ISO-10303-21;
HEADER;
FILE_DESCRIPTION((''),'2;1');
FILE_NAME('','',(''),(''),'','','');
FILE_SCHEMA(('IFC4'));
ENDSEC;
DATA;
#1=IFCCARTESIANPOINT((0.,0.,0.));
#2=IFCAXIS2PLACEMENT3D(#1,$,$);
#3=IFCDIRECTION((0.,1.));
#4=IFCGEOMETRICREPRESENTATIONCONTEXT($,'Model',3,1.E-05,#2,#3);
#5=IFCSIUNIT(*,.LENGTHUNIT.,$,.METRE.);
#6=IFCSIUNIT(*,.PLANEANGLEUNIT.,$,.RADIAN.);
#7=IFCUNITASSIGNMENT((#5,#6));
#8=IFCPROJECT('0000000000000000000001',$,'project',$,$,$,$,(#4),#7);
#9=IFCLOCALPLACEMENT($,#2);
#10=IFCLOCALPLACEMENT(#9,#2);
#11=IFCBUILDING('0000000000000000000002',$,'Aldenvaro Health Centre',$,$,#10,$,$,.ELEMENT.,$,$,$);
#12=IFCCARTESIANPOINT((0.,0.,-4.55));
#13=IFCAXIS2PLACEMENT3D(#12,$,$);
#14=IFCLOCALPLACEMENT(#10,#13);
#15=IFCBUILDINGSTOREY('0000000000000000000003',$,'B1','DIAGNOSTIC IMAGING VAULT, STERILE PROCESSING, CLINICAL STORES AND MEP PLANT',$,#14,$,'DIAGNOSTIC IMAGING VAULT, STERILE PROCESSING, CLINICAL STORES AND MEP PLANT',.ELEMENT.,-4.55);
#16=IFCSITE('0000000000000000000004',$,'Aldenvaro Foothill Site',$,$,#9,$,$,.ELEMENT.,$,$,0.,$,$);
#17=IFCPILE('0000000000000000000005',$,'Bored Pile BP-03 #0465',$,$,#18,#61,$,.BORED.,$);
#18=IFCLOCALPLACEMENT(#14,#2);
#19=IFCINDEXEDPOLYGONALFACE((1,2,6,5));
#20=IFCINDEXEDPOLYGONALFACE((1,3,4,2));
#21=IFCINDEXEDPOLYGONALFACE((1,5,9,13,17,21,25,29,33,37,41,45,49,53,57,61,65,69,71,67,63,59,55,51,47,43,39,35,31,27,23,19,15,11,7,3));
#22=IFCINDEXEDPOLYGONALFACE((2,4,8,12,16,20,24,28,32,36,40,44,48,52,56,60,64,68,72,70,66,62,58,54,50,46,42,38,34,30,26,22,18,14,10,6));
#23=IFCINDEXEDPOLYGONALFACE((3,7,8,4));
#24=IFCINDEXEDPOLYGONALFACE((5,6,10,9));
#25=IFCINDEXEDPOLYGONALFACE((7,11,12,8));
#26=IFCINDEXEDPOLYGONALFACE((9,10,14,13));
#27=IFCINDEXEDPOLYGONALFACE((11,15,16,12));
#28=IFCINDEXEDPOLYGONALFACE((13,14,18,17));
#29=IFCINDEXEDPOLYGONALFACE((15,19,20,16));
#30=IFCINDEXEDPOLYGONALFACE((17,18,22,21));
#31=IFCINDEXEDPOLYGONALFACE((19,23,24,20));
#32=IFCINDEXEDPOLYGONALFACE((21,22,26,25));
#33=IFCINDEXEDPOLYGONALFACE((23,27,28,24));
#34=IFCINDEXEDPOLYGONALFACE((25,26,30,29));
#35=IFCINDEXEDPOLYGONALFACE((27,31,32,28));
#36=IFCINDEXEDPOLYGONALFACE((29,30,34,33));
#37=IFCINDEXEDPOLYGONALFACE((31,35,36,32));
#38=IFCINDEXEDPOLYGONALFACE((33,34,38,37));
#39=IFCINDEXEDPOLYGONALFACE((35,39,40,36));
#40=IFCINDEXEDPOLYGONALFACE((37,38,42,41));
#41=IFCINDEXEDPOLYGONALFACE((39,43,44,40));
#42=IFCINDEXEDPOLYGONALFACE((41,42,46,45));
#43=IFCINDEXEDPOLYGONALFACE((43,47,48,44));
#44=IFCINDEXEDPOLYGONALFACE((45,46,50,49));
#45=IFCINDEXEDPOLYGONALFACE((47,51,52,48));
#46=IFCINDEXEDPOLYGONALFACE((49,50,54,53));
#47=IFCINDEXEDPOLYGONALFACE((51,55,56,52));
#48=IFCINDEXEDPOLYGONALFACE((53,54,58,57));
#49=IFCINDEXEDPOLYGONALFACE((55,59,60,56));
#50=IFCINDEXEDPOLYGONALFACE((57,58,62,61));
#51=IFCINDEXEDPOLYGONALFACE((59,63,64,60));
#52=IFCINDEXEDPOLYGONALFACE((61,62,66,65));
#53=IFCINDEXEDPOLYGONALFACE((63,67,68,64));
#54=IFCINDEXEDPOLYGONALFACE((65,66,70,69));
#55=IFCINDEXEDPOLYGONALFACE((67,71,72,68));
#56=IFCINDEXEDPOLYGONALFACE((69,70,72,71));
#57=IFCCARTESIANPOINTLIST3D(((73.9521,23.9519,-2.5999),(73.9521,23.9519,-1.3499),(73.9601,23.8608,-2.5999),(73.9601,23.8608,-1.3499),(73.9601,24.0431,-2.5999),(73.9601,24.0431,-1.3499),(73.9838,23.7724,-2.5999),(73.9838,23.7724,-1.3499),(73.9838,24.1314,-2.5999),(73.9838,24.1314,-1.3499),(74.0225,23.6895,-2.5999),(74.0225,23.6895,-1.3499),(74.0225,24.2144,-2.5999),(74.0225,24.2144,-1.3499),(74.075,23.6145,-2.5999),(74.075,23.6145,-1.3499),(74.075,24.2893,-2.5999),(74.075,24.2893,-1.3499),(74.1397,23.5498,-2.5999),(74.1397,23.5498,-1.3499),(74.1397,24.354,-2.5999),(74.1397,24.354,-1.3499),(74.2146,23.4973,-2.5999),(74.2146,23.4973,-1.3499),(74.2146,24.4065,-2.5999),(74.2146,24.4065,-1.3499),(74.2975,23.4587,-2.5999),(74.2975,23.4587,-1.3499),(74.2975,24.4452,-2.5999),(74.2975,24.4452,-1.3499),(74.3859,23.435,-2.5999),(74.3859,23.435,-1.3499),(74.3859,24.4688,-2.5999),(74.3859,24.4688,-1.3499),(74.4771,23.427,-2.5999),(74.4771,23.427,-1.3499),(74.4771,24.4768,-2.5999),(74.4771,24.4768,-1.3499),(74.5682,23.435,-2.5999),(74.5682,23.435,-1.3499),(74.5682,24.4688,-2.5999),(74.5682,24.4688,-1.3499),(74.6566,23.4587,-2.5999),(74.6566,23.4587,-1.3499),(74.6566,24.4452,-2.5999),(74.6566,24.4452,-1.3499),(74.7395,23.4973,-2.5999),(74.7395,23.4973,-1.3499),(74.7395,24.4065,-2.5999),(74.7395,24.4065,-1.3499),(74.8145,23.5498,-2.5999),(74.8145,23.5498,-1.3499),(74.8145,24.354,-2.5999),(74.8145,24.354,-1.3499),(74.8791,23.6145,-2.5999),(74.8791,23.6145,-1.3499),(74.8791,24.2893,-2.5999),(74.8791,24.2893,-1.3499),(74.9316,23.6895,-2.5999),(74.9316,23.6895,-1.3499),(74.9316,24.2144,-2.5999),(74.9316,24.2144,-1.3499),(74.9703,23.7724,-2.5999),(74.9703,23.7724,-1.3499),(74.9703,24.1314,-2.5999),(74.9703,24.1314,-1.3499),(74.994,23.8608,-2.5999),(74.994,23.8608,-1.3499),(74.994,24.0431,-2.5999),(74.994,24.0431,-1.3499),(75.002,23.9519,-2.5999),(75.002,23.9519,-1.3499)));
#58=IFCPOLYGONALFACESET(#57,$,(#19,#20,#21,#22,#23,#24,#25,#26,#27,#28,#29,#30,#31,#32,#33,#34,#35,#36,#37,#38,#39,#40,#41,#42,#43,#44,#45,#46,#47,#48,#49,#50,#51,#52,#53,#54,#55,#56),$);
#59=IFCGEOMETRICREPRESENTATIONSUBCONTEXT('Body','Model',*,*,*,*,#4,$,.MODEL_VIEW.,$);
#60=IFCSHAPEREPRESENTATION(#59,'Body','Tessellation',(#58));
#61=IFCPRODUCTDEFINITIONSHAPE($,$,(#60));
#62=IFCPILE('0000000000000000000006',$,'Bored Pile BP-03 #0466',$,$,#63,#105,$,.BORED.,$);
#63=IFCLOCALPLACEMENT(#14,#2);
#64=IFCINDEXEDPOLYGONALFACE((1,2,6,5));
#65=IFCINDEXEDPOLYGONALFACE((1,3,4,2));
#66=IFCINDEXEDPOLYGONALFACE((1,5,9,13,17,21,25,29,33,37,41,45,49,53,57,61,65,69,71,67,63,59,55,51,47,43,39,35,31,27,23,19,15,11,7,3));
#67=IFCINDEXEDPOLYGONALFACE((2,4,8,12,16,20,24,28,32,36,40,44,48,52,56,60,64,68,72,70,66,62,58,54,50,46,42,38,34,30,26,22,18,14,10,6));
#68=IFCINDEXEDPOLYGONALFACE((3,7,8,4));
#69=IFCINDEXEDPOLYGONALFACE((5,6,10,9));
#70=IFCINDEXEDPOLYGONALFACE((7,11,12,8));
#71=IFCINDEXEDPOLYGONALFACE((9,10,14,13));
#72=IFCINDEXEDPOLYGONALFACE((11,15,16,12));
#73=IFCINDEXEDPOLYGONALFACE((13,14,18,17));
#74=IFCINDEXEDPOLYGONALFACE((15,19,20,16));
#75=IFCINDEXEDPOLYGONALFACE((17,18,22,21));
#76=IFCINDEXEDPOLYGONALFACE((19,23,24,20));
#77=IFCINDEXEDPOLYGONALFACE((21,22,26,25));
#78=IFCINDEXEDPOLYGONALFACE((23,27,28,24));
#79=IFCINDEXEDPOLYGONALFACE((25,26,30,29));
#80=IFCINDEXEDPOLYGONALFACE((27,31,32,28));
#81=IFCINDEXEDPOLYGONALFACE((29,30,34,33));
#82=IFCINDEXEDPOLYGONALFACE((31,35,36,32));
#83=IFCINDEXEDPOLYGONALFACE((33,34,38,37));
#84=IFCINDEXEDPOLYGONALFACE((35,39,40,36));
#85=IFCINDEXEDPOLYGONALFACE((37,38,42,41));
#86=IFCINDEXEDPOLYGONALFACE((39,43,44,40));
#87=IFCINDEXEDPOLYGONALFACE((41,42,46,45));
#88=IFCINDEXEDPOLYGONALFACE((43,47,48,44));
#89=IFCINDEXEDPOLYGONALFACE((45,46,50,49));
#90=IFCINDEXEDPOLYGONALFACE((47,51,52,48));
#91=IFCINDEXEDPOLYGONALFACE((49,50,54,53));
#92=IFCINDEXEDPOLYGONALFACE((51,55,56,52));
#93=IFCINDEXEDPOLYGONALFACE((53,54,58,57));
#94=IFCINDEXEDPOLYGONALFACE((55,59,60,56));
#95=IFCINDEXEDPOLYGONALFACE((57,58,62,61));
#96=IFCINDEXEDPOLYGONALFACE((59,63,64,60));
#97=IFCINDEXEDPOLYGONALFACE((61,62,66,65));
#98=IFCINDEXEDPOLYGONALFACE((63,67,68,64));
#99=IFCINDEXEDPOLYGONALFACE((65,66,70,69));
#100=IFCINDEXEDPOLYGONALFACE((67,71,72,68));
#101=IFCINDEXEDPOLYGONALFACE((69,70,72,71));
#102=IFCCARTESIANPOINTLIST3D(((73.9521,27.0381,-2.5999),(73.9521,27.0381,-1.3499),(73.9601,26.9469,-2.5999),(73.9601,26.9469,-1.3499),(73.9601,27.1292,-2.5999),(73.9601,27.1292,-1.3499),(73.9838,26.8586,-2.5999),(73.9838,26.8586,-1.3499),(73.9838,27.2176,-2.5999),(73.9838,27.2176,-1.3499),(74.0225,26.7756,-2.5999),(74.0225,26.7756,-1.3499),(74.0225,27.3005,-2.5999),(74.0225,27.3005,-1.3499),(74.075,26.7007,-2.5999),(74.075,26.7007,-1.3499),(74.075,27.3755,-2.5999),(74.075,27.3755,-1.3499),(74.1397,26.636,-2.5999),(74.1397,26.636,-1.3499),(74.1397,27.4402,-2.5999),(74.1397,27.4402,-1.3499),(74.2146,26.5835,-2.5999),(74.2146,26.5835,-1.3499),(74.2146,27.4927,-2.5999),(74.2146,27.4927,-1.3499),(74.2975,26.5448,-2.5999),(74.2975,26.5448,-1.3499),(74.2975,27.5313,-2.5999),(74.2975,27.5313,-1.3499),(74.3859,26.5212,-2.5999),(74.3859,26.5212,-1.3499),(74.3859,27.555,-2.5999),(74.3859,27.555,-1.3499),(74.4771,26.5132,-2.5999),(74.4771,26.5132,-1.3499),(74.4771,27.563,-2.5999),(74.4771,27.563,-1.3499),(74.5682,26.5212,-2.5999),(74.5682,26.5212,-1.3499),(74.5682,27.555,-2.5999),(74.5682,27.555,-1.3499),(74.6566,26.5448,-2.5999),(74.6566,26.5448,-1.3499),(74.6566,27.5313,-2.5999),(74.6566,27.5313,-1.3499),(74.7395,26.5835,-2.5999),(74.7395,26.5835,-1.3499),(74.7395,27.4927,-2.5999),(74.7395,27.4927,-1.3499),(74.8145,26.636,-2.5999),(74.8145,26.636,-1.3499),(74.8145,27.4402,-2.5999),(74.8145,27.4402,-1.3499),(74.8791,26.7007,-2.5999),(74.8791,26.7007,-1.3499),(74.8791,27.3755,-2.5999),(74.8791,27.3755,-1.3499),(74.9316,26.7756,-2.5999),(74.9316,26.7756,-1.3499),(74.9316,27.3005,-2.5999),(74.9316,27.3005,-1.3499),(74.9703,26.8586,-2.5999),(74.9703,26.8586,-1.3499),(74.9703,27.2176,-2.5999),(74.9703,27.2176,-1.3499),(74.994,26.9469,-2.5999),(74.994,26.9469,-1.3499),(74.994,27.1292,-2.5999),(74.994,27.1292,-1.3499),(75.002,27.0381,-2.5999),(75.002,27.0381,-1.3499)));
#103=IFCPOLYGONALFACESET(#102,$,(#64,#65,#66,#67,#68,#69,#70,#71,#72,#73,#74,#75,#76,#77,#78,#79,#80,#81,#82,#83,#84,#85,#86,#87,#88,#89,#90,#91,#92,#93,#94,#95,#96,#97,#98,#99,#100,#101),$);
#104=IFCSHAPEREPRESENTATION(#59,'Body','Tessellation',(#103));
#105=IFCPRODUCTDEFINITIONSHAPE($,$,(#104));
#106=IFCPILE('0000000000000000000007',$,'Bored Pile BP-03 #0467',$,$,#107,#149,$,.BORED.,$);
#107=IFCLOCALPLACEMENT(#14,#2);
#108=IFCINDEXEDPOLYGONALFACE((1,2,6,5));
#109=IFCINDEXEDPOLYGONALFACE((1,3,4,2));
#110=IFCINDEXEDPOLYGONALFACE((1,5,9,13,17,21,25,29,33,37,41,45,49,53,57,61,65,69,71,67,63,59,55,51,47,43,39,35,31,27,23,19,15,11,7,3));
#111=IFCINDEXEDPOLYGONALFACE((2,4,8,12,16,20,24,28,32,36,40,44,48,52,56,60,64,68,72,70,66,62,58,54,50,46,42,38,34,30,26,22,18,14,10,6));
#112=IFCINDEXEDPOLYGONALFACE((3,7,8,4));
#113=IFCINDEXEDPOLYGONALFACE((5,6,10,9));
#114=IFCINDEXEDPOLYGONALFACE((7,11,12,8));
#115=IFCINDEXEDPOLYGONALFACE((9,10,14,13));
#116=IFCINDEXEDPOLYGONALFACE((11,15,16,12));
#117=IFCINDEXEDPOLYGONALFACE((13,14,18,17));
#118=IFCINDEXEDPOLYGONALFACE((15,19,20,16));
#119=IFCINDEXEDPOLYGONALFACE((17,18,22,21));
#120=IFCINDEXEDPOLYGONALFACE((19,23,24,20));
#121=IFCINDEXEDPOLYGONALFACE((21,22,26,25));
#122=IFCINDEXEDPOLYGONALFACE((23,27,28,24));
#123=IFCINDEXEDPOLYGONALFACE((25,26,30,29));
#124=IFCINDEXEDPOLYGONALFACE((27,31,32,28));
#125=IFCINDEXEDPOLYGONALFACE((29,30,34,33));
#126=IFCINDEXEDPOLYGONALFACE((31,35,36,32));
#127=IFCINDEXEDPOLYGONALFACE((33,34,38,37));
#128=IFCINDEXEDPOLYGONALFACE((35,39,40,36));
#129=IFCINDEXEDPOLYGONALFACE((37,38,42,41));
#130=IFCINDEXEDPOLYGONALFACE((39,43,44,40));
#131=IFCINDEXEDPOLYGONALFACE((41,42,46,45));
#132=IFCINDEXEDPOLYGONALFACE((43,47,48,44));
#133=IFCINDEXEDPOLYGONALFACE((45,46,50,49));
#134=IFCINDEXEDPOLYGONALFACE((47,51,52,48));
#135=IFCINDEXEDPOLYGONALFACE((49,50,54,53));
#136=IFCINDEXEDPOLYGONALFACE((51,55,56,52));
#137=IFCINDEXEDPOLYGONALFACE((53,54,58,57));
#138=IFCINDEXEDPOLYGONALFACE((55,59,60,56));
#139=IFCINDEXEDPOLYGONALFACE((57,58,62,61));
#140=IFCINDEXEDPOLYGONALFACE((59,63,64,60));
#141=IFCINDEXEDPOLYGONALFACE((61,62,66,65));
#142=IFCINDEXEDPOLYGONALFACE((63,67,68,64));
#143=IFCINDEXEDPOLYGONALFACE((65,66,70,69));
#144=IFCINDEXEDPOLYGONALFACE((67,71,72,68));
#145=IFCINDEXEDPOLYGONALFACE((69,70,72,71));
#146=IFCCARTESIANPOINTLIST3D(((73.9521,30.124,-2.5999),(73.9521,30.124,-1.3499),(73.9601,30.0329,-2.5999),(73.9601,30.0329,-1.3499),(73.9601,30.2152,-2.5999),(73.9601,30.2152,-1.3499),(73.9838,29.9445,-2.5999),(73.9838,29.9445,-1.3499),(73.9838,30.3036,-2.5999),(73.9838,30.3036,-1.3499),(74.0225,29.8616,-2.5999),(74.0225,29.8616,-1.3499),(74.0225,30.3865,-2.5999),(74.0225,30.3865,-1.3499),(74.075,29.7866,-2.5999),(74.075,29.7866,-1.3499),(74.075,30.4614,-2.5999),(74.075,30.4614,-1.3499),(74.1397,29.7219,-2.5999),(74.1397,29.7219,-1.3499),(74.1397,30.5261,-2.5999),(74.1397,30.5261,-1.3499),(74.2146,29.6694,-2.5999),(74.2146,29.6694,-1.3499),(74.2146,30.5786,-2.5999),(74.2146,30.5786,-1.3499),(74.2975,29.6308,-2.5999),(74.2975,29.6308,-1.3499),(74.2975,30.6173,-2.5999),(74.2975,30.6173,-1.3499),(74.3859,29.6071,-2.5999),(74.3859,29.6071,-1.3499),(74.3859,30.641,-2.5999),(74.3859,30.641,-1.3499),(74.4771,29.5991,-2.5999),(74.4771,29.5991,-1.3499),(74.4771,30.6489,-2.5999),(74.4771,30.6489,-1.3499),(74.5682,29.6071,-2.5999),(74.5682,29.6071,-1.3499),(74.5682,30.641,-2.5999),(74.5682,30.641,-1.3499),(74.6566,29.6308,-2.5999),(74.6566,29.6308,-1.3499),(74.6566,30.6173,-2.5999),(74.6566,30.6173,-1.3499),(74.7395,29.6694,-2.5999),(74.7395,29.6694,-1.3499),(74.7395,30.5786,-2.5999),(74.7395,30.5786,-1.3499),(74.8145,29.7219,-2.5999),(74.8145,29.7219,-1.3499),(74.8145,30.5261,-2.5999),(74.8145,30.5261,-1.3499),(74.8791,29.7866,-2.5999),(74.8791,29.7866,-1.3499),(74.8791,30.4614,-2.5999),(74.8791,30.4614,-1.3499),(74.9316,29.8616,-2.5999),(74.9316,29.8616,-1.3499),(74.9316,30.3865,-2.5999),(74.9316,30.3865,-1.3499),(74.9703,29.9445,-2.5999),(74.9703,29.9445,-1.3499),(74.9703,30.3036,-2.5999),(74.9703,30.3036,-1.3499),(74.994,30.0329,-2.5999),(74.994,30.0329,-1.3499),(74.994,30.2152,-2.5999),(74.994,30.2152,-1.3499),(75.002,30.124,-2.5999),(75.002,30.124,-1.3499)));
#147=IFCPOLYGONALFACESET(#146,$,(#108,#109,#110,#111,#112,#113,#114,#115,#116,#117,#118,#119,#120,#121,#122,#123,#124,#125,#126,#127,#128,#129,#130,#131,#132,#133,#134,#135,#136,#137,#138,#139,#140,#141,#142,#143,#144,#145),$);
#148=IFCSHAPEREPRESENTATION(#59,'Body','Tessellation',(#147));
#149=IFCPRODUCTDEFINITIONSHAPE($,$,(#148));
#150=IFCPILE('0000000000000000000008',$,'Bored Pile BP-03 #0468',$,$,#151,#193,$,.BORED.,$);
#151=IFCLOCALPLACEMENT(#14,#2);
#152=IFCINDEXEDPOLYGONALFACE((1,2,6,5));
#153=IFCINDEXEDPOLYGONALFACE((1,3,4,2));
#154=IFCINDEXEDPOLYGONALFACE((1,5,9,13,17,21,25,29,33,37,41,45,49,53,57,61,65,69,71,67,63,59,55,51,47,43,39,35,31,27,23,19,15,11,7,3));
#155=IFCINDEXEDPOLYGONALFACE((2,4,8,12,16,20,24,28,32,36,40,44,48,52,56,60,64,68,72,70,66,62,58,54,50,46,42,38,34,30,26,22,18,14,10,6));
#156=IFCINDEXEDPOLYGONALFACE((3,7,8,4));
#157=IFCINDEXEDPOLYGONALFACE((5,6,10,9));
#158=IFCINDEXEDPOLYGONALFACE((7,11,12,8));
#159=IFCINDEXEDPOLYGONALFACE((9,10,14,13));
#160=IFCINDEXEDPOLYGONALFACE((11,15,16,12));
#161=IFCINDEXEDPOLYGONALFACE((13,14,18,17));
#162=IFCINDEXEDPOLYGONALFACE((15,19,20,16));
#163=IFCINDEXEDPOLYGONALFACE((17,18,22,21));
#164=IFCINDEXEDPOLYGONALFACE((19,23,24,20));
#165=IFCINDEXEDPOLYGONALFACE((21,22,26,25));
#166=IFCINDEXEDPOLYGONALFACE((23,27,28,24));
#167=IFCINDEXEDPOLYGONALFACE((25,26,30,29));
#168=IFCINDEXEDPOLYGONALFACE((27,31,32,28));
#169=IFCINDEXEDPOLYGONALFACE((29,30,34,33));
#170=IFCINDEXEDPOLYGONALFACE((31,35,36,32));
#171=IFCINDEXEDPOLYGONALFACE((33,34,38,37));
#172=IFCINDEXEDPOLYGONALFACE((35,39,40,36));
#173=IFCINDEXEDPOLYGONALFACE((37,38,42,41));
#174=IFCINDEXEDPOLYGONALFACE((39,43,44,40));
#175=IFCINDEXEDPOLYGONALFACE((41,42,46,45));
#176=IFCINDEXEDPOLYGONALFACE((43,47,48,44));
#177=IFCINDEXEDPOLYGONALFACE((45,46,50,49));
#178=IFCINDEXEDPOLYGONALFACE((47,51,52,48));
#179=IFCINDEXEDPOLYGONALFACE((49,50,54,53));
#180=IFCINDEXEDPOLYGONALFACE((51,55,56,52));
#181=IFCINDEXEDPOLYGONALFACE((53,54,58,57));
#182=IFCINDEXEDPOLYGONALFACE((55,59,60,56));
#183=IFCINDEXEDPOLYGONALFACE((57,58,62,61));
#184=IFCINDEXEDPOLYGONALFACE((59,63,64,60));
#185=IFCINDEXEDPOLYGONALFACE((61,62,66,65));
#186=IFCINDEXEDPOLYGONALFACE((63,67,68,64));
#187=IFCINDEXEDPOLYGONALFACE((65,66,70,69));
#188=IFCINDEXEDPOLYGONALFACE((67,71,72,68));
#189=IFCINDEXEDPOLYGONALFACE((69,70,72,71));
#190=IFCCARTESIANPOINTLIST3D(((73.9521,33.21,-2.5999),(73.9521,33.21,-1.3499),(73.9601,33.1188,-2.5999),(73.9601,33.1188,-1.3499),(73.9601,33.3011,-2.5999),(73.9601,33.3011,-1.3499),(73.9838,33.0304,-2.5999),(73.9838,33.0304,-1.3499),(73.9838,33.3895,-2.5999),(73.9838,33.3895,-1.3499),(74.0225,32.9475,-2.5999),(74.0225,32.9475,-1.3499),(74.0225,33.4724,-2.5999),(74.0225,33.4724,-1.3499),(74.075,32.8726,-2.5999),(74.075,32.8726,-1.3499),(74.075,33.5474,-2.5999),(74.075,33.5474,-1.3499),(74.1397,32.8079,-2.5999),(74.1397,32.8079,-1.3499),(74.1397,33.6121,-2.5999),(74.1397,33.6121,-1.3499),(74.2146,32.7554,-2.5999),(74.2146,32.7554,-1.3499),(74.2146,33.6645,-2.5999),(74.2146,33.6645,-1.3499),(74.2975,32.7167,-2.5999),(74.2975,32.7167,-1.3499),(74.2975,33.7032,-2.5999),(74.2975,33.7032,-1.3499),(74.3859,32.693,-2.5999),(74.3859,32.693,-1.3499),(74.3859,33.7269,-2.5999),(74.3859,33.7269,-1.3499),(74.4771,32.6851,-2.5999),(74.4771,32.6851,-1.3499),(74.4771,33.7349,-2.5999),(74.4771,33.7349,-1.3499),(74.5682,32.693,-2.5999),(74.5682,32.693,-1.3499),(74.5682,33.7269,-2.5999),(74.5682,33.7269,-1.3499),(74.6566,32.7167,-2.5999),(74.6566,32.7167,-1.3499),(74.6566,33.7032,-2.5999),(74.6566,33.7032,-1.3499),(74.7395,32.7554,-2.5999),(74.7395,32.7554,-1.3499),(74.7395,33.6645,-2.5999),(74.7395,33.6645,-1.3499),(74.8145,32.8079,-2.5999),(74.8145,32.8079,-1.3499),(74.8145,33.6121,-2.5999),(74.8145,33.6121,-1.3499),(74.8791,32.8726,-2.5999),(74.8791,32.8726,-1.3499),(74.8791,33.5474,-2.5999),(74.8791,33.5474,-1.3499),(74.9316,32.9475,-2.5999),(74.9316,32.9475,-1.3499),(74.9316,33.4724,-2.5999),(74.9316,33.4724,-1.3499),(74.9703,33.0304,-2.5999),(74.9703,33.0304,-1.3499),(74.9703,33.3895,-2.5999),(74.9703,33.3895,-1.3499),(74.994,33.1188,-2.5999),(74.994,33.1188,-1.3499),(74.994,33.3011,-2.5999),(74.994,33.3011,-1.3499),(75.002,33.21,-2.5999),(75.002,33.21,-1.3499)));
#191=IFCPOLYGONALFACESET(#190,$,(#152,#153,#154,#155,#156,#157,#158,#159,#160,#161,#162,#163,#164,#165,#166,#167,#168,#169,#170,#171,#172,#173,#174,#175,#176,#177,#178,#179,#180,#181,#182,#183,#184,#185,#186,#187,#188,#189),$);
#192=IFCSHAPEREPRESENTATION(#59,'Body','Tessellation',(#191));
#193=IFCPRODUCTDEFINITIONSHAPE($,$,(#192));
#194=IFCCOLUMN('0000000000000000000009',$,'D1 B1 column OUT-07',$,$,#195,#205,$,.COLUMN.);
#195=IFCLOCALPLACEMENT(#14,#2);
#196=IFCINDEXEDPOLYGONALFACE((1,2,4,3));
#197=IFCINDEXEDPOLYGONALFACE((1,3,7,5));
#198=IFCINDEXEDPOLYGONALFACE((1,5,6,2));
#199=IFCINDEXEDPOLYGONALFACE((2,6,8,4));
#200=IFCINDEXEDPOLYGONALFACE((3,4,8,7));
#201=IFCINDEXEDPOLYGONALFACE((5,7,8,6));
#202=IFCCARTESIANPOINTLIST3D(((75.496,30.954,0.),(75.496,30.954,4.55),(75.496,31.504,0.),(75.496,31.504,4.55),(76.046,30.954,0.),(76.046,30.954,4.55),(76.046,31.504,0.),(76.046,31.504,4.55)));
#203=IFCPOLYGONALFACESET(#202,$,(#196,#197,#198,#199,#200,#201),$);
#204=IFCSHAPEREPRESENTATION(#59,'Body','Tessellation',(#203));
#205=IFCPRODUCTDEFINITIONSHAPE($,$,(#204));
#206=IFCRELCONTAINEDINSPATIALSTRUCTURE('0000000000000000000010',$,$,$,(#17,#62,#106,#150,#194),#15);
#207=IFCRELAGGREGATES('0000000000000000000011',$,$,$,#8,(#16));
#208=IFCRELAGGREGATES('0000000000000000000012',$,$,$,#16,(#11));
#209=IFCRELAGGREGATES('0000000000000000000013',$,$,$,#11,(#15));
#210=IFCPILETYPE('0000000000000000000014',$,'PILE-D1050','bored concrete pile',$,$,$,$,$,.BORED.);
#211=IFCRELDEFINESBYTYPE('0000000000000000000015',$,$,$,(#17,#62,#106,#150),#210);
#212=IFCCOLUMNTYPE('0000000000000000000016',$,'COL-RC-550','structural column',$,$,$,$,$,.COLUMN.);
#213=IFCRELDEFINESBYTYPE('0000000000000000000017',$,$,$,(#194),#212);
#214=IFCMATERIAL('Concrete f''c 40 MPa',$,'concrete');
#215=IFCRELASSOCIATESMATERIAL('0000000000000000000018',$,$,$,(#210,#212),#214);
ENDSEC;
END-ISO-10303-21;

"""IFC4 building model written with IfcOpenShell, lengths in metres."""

from ifc_helpers import new_model, si_unit, direction, frame, origin, origin_2d, place, context, subcontext, project, spatial, rectangle, circle, extrude, material, material_profile, profile_set, type_object, element, save


model = new_model("IFC4")

# Units and contexts
model_context = context("Model", 3, precision=1e-05, world=origin(), true_north=direction((0.0, 1.0)))
body_context = subcontext(model_context, "Body", "Model", "MODEL_VIEW")
ifc_project = project(units=[si_unit("LENGTHUNIT", "METRE"), si_unit("PLANEANGLEUNIT", "RADIAN")], contexts=[model_context])

# Site, building, storey
site_placement = place(None, origin())
site = spatial("IfcSite", under=ifc_project, at=site_placement, Name="Aldenvaro Foothill Site", CompositionType="ELEMENT", RefElevation=0.0)
building_placement = place(site_placement, origin())
building = spatial("IfcBuilding", under=site, at=building_placement, Name="Aldenvaro Health Centre", CompositionType="ELEMENT")
storey_placement = place(building_placement, frame((0.0, 0.0, -4.55)))
storey = spatial("IfcBuildingStorey", under=building, at=storey_placement, Name="B1", Description="DIAGNOSTIC IMAGING VAULT, STERILE PROCESSING, CLINICAL STORES AND MEP PLANT", LongName="DIAGNOSTIC IMAGING VAULT, STERILE PROCESSING, CLINICAL STORES AND MEP PLANT", CompositionType="ELEMENT", Elevation=-4.55)

# Piles
ifc_material_1 = material(Name="Concrete f'c 40 MPa", Category="concrete")
ifc_material_profile_1 = material_profile(ifc_material_1, circle(Radius=0.5249, at=origin_2d()), Name="PILE D1050", Category="concrete")
ifc_profile_set_1 = profile_set([ifc_material_profile_1], Name="Concrete f'c 40 MPa")
pile_type = type_object("IfcPileType", Name="PILE-D1050", Description="bored concrete pile", PredefinedType="BORED", material=ifc_profile_set_1)
for number, where, z_axis, x_axis, name in (
    (1, (74.4771, 23.9519, -1.3499), (0.0, 0.0, -1.0), (1.0, 0.0, 0.0), "Bored Pile BP-03 #0465"),
    (2, (74.4771, 27.0381, -1.3499), (0.0, 0.0, -1.0), (1.0, 0.0, 0.0), "Bored Pile BP-03 #0466"),
    (3, (74.4771, 30.124, -1.3499), (0.0, 0.0, -1.0), (1.0, 0.0, 0.0), "Bored Pile BP-03 #0467"),
    (4, (74.4771, 33.21, -1.3499), (0.0, 0.0, -1.0), (1.0, 0.0, 0.0), "Bored Pile BP-03 #0468"),
):
    element("IfcPile", number, at=place(storey_placement, frame(where, z_axis=z_axis, x_axis=x_axis)), inside=storey, type_object=pile_type, Name=name, PredefinedType="BORED", context=body_context, shape_type="SweptSolid", body=[
        extrude(circle(Radius=0.5249, at=origin_2d()), origin(), (0.0, 0.0, 1.0), 1.25),
    ])

# Column
ifc_material_profile_2 = material_profile(ifc_material_1, rectangle(XDim=0.55, YDim=0.55, at=origin_2d()), Name="RC 550x550", Category="concrete")
ifc_profile_set_2 = profile_set([ifc_material_profile_2], Name="Concrete f'c 40 MPa")
column_type_1 = type_object("IfcColumnType", Name="COL-RC-550", Description="structural column", PredefinedType="COLUMN", material=ifc_profile_set_2)
for number, where, z_axis, x_axis, name in (
    (5, (75.771, 31.229, 0.0), (0.0, 0.0, 1.0), (1.0, 0.0, 0.0), "D1 B1 column OUT-07"),
):
    element("IfcColumn", number, at=place(storey_placement, frame(where, z_axis=z_axis, x_axis=x_axis)), inside=storey, type_object=column_type_1, Name=name, PredefinedType="COLUMN", context=body_context, shape_type="SweptSolid", body=[
        extrude(rectangle(XDim=0.55, YDim=0.55, at=origin_2d()), origin(), (0.0, 0.0, 1.0), 4.55),
    ])

save(model, "model.ifc")
